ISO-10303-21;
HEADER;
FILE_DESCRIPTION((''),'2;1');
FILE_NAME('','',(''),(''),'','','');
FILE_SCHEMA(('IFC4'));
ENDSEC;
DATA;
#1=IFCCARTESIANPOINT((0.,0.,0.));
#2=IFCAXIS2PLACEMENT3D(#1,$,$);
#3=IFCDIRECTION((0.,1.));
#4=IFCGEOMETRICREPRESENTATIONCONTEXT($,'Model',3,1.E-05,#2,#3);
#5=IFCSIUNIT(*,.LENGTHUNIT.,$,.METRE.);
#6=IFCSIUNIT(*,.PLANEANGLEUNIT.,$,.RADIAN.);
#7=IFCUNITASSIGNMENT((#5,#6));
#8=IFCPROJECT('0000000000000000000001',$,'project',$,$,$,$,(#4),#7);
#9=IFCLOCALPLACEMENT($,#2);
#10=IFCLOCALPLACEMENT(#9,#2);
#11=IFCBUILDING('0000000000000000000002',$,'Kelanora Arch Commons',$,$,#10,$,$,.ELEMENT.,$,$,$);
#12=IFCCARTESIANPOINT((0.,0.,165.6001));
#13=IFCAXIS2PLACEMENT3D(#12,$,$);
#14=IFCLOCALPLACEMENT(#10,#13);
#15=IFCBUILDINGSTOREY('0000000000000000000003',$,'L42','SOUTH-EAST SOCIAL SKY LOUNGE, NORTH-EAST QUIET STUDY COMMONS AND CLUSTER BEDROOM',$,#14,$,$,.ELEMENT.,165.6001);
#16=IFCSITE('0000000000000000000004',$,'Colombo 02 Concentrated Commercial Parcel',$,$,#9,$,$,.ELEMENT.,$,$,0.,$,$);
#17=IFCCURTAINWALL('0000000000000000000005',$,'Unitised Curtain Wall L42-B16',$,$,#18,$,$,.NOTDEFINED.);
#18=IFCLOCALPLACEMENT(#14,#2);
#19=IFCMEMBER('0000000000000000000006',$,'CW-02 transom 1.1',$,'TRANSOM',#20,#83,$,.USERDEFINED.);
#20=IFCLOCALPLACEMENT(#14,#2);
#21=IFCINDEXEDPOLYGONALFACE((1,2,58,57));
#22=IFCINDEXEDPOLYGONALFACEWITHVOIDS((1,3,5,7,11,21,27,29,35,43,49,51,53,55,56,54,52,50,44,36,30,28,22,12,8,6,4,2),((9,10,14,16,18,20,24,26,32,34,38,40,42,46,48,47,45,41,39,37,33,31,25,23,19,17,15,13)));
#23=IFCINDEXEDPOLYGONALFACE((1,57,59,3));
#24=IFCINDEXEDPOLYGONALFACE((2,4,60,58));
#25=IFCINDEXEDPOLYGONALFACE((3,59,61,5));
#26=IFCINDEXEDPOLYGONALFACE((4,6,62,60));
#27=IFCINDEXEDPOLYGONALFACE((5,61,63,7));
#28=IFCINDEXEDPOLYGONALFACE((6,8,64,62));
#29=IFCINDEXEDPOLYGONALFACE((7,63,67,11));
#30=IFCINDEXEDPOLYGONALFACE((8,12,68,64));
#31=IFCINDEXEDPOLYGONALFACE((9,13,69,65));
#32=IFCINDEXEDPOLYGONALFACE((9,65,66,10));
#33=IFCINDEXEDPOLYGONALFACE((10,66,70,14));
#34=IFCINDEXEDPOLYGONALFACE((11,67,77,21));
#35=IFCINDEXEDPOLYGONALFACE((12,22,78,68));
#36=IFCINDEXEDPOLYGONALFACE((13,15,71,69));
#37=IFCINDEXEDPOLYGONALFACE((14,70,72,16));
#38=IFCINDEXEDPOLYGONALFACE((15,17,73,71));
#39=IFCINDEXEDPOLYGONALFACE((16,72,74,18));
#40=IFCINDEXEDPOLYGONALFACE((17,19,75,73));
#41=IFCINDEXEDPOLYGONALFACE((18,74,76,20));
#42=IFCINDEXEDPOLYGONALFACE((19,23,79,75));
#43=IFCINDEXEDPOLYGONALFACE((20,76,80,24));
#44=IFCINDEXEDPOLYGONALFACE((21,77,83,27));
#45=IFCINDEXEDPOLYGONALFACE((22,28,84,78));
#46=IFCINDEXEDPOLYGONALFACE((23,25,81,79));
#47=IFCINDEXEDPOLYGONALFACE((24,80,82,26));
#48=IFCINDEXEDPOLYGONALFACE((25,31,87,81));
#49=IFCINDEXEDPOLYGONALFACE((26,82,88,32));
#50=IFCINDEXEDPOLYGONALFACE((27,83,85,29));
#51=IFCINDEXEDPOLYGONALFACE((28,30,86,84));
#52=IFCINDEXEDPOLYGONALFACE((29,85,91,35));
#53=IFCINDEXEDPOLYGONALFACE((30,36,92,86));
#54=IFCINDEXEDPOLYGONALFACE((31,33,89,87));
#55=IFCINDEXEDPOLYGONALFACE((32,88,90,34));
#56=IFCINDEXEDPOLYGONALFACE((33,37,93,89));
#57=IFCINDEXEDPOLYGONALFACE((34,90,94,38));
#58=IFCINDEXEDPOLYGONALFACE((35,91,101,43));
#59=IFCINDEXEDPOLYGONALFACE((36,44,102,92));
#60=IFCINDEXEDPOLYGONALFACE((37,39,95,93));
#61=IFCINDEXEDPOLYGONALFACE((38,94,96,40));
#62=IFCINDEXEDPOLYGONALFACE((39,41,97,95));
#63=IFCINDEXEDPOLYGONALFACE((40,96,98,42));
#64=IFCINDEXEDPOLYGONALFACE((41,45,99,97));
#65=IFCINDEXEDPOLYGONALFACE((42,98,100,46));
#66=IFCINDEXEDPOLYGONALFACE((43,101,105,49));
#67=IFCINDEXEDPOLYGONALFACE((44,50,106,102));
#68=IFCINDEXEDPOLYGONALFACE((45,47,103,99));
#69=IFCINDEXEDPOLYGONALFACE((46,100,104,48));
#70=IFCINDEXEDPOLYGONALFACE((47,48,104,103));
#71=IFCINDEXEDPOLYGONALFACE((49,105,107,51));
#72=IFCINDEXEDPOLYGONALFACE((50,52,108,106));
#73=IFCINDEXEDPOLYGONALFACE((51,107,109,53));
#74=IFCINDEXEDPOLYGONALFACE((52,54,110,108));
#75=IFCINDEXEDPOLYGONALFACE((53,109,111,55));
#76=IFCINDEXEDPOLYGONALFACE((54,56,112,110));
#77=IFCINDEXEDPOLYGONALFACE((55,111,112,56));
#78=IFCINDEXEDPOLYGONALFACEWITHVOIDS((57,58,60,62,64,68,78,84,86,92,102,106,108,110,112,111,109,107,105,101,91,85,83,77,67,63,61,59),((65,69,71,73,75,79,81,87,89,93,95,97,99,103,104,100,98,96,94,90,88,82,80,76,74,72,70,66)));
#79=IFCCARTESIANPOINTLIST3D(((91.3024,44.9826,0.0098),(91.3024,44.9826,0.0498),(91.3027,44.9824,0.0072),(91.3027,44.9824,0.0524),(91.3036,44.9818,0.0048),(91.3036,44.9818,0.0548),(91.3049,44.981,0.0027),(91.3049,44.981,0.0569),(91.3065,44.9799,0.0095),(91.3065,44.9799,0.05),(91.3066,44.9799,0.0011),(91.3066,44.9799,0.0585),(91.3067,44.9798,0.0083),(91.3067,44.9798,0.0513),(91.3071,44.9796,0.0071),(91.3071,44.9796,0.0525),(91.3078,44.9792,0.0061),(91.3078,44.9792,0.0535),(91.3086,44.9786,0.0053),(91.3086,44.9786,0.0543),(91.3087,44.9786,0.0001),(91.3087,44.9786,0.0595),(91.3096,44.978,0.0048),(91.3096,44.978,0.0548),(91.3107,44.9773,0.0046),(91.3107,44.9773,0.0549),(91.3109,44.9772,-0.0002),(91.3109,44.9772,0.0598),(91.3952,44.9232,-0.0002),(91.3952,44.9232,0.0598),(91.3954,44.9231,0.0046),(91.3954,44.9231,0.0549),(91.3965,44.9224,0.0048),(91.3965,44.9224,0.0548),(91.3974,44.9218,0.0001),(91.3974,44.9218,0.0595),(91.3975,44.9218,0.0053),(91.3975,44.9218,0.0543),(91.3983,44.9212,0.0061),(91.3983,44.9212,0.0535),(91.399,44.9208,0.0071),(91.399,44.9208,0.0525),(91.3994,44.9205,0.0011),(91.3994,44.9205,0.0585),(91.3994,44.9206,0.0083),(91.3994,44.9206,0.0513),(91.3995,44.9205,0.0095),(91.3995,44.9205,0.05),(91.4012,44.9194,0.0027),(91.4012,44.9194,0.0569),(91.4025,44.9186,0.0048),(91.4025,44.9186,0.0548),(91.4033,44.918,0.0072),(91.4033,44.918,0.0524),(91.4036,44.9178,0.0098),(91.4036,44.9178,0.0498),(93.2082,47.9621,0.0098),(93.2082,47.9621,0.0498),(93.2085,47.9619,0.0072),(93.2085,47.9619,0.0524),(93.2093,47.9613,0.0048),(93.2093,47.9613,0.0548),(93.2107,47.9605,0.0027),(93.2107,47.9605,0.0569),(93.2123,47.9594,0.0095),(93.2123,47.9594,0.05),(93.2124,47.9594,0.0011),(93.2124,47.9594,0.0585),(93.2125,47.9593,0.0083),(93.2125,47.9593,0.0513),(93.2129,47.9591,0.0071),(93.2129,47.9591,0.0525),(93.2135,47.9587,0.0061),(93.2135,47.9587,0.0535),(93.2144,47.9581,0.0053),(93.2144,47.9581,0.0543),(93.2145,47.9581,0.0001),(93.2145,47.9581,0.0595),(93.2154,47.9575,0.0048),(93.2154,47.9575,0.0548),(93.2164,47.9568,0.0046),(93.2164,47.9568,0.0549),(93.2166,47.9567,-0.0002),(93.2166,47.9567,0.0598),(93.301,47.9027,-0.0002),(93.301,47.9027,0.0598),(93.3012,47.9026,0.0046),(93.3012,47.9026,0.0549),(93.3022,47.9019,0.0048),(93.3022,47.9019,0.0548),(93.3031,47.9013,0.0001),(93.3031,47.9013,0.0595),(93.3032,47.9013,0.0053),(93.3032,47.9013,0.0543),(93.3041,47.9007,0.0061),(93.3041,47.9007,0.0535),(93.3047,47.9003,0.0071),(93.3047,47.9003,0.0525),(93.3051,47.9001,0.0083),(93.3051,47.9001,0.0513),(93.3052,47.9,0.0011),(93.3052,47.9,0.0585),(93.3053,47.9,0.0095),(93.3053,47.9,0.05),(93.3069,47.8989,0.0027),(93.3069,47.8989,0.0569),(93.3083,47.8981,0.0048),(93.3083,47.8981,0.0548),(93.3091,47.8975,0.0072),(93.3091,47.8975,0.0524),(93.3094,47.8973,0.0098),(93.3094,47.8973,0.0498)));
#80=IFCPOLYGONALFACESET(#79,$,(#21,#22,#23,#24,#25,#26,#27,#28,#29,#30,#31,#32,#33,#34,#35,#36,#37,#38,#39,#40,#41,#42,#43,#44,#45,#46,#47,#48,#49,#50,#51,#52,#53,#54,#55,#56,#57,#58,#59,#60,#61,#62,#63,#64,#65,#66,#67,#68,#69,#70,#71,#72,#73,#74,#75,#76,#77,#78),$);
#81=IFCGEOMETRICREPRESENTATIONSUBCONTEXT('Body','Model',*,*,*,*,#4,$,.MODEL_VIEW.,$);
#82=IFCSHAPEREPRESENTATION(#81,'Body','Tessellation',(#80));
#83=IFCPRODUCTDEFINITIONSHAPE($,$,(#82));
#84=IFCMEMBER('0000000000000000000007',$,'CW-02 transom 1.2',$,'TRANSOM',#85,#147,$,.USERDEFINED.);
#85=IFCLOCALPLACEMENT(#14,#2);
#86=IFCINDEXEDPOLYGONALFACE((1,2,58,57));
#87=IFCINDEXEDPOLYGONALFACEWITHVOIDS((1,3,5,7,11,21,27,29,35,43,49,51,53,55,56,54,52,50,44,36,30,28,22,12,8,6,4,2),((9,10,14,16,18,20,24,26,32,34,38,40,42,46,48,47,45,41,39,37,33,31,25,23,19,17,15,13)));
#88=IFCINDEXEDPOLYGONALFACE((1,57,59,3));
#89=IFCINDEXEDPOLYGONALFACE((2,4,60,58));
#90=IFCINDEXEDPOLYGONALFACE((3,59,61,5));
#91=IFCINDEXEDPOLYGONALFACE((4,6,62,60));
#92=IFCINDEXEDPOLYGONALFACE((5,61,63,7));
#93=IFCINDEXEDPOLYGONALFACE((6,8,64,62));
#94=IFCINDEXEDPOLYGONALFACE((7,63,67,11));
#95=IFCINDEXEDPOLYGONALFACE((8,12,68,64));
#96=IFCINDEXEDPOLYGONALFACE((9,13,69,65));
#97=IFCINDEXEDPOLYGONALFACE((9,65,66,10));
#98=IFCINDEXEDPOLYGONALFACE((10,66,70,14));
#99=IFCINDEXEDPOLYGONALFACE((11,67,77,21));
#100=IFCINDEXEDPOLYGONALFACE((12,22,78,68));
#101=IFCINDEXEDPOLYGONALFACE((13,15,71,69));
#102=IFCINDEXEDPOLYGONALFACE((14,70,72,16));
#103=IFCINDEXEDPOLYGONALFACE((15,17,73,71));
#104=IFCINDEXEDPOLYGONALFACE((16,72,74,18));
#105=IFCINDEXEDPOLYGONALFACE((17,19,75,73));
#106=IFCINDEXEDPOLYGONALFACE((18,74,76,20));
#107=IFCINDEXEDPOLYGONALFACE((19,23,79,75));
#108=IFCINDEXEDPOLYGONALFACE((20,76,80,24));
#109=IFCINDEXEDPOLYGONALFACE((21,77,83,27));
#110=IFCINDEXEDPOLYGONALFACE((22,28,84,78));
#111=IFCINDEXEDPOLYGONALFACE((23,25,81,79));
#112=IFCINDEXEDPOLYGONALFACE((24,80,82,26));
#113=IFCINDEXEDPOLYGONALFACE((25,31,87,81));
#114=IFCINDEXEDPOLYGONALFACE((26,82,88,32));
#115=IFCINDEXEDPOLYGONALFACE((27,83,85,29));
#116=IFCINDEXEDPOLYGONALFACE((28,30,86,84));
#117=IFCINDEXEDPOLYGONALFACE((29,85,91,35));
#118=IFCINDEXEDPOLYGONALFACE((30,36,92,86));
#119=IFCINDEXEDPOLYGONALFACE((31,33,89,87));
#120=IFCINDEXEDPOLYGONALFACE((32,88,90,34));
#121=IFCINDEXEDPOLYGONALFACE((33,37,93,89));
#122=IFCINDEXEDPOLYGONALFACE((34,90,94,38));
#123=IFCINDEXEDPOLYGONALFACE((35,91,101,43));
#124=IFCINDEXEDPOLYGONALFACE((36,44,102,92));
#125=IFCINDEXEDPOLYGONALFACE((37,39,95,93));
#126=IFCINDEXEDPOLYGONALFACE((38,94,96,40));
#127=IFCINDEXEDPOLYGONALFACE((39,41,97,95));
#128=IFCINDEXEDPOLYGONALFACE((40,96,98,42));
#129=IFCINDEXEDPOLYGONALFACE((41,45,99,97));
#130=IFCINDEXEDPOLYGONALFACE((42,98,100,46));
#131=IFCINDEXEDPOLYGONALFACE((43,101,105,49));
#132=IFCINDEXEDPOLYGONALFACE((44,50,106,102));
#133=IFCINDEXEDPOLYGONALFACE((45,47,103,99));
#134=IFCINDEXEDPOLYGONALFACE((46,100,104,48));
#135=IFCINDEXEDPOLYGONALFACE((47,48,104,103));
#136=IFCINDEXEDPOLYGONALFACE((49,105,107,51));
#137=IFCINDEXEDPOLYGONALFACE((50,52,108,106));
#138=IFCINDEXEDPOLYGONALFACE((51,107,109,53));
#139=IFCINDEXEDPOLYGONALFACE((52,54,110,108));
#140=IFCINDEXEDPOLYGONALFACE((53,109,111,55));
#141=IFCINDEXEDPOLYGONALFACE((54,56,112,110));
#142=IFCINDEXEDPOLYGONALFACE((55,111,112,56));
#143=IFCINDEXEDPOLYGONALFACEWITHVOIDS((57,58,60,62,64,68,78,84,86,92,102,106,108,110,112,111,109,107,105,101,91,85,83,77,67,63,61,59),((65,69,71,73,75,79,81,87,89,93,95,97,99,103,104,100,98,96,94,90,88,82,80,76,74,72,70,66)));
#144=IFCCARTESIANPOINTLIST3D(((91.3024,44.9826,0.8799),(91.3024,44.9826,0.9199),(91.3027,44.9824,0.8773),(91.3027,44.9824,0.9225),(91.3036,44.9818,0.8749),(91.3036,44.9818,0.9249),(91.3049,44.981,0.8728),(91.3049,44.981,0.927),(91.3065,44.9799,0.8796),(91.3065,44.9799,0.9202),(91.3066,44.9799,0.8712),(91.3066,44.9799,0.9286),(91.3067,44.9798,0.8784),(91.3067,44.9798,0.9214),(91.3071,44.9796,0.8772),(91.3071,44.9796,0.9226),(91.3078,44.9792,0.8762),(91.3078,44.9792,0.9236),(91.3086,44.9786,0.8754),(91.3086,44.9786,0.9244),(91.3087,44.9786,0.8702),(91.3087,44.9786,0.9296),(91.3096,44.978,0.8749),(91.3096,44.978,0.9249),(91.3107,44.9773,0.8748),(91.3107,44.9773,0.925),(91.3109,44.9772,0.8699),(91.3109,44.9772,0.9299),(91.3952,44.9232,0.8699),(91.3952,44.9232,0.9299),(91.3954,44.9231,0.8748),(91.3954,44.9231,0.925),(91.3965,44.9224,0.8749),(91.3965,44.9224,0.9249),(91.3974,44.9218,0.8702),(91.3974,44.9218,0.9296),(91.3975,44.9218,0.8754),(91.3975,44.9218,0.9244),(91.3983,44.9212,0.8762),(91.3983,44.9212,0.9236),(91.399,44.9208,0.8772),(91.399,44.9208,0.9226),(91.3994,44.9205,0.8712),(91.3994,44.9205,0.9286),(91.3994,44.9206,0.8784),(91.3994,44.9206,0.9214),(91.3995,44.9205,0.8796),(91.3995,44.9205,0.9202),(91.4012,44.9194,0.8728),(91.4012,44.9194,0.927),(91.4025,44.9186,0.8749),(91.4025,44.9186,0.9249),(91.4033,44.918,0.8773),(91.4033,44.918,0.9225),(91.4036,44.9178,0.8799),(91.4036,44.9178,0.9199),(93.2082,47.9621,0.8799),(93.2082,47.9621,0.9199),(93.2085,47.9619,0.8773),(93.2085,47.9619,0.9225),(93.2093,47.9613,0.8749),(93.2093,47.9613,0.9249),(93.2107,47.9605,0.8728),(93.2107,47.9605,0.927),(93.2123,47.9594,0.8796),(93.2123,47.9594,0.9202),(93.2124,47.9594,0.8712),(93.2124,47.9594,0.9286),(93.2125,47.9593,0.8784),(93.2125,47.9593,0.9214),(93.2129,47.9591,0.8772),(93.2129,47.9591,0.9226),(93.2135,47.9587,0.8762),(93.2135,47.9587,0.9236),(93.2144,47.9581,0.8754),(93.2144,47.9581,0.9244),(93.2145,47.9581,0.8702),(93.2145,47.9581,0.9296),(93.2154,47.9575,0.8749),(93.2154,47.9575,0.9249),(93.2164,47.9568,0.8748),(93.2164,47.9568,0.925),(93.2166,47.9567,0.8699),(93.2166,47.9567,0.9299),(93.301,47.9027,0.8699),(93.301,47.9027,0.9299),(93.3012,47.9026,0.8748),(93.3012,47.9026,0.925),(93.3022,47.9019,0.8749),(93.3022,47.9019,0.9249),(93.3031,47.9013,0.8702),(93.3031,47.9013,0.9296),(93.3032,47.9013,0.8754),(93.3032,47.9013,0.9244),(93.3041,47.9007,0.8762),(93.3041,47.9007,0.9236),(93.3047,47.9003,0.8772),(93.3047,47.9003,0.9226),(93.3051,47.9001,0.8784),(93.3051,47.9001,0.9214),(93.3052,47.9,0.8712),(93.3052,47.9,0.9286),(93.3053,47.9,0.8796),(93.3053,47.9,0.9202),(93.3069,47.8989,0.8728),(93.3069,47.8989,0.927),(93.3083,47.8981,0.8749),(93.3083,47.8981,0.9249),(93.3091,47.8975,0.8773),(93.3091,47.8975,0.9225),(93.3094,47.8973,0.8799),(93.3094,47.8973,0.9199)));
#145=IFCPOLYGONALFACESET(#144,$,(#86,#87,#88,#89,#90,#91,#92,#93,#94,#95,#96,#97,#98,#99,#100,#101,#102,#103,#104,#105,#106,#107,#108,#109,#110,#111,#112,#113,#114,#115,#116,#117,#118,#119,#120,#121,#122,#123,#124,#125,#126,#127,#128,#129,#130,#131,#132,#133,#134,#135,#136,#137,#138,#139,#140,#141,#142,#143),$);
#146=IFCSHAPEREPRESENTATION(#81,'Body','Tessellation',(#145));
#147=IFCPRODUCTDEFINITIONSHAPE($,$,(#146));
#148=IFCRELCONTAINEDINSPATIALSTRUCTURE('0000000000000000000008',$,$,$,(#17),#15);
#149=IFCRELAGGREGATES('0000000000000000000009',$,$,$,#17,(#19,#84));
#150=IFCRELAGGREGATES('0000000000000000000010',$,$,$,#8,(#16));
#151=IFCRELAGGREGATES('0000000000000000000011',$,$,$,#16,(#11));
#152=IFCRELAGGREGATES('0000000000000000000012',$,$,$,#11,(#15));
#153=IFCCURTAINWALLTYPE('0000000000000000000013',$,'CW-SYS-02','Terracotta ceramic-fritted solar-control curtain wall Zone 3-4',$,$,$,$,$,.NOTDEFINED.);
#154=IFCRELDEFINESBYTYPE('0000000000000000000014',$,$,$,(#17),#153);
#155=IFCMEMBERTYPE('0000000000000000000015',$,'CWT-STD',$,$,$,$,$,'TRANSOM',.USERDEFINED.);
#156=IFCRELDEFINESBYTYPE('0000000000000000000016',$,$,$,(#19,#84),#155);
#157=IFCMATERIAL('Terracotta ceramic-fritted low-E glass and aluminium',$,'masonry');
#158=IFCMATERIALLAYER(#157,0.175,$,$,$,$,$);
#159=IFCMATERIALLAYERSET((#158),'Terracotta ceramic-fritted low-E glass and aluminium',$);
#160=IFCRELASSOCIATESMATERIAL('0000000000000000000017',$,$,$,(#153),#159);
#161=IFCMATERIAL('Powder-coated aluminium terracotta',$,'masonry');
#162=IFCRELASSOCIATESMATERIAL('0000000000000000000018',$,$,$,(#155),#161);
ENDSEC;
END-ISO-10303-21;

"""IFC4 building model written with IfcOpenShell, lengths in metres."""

from ifc_helpers import new_model, si_unit, direction, frame, origin, origin_2d, place, context, subcontext, project, spatial, hollow_rectangle, extrude, material, layer, layer_set, material_profile, profile_set, type_object, element, aggregate, save


model = new_model("IFC4")

# Units and contexts
model_context = context("Model", 3, precision=1e-05, world=origin(), true_north=direction((0.0, 1.0)))
body_context = subcontext(model_context, "Body", "Model", "MODEL_VIEW")
ifc_project = project(units=[si_unit("LENGTHUNIT", "METRE"), si_unit("PLANEANGLEUNIT", "RADIAN")], contexts=[model_context])

# Site, building, storey
site_placement = place(None, origin())
site = spatial("IfcSite", under=ifc_project, at=site_placement, Name="Colombo 02 Concentrated Commercial Parcel", CompositionType="ELEMENT", RefElevation=0.0)
building_placement = place(site_placement, origin())
building = spatial("IfcBuilding", under=site, at=building_placement, Name="Kelanora Arch Commons", CompositionType="ELEMENT")
storey_placement = place(building_placement, frame((0.0, 0.0, 165.6001)))
storey = spatial("IfcBuildingStorey", under=building, at=storey_placement, Name="L42", Description="SOUTH-EAST SOCIAL SKY LOUNGE, NORTH-EAST QUIET STUDY COMMONS AND CLUSTER BEDROOM", CompositionType="ELEMENT", Elevation=165.6001)

# Shared definitions
ifc_material_1 = material(Name="Terracotta ceramic-fritted low-E glass and aluminium", Category="masonry")
ifc_layer_1 = layer(ifc_material_1, 0.175)
ifc_layer_set_1 = layer_set([ifc_layer_1], Name="Terracotta ceramic-fritted low-E glass and aluminium")
curtain_wall_type = type_object("IfcCurtainWallType", Name="CW-SYS-02", Description="Terracotta ceramic-fritted solar-control curtain wall Zone 3-4", PredefinedType="NOTDEFINED", material=ifc_layer_set_1)
ifc_material_2 = material(Name="Powder-coated aluminium terracotta", Category="masonry")

# Curtain wall, members
curtain_wall_1_placement = place(storey_placement, origin())
curtain_wall_1 = element("IfcCurtainWall", 1, at=curtain_wall_1_placement, inside=storey, type_object=curtain_wall_type, Name="Unitised Curtain Wall L42-B16", PredefinedType="NOTDEFINED")
ifc_material_profile_1 = material_profile(ifc_material_2, hollow_rectangle(XDim=0.1201, YDim=0.0601, WallThickness=0.0049, InnerFilletRadius=0.0049, OuterFilletRadius=0.01, at=origin_2d()), Name="CWT120x60")
ifc_profile_set_1 = profile_set([ifc_material_profile_1], Name="Powder-coated aluminium terracotta")
member_type_1 = type_object("IfcMemberType", Name="CWT-STD", ElementType="TRANSOM", PredefinedType="USERDEFINED", material=ifc_profile_set_1)
member_1_placement = place(storey_placement, frame((91.353, 44.9502, 0.0298), z_axis=(0.53883, 0.842414, 0.0), x_axis=(-0.842414, 0.53883, 0.0)))
member_1 = element("IfcMember", 2, at=member_1_placement, type_object=member_type_1, Name="CW-02 transom 1.1", ObjectType="TRANSOM", PredefinedType="USERDEFINED", context=body_context, shape_type="SweptSolid", body=[
    extrude(hollow_rectangle(XDim=0.1201, YDim=0.0601, WallThickness=0.0049, InnerFilletRadius=0.0049, OuterFilletRadius=0.01, at=origin_2d()), origin(), (0.0, 0.0, 1.0), 3.5369),
])
member_2_placement = place(storey_placement, frame((91.353, 44.9502, 0.8999), z_axis=(0.53883, 0.842414, 0.0), x_axis=(-0.842414, 0.53883, 0.0)))
member_2 = element("IfcMember", 3, at=member_2_placement, type_object=member_type_1, Name="CW-02 transom 1.2", ObjectType="TRANSOM", PredefinedType="USERDEFINED", context=body_context, shape_type="SweptSolid", body=[
    extrude(hollow_rectangle(XDim=0.1201, YDim=0.0601, WallThickness=0.0049, InnerFilletRadius=0.0049, OuterFilletRadius=0.01, at=origin_2d()), origin(), (0.0, 0.0, 1.0), 3.5369),
])

aggregate(curtain_wall_1, [member_1, member_2])

save(model, "model.ifc")
